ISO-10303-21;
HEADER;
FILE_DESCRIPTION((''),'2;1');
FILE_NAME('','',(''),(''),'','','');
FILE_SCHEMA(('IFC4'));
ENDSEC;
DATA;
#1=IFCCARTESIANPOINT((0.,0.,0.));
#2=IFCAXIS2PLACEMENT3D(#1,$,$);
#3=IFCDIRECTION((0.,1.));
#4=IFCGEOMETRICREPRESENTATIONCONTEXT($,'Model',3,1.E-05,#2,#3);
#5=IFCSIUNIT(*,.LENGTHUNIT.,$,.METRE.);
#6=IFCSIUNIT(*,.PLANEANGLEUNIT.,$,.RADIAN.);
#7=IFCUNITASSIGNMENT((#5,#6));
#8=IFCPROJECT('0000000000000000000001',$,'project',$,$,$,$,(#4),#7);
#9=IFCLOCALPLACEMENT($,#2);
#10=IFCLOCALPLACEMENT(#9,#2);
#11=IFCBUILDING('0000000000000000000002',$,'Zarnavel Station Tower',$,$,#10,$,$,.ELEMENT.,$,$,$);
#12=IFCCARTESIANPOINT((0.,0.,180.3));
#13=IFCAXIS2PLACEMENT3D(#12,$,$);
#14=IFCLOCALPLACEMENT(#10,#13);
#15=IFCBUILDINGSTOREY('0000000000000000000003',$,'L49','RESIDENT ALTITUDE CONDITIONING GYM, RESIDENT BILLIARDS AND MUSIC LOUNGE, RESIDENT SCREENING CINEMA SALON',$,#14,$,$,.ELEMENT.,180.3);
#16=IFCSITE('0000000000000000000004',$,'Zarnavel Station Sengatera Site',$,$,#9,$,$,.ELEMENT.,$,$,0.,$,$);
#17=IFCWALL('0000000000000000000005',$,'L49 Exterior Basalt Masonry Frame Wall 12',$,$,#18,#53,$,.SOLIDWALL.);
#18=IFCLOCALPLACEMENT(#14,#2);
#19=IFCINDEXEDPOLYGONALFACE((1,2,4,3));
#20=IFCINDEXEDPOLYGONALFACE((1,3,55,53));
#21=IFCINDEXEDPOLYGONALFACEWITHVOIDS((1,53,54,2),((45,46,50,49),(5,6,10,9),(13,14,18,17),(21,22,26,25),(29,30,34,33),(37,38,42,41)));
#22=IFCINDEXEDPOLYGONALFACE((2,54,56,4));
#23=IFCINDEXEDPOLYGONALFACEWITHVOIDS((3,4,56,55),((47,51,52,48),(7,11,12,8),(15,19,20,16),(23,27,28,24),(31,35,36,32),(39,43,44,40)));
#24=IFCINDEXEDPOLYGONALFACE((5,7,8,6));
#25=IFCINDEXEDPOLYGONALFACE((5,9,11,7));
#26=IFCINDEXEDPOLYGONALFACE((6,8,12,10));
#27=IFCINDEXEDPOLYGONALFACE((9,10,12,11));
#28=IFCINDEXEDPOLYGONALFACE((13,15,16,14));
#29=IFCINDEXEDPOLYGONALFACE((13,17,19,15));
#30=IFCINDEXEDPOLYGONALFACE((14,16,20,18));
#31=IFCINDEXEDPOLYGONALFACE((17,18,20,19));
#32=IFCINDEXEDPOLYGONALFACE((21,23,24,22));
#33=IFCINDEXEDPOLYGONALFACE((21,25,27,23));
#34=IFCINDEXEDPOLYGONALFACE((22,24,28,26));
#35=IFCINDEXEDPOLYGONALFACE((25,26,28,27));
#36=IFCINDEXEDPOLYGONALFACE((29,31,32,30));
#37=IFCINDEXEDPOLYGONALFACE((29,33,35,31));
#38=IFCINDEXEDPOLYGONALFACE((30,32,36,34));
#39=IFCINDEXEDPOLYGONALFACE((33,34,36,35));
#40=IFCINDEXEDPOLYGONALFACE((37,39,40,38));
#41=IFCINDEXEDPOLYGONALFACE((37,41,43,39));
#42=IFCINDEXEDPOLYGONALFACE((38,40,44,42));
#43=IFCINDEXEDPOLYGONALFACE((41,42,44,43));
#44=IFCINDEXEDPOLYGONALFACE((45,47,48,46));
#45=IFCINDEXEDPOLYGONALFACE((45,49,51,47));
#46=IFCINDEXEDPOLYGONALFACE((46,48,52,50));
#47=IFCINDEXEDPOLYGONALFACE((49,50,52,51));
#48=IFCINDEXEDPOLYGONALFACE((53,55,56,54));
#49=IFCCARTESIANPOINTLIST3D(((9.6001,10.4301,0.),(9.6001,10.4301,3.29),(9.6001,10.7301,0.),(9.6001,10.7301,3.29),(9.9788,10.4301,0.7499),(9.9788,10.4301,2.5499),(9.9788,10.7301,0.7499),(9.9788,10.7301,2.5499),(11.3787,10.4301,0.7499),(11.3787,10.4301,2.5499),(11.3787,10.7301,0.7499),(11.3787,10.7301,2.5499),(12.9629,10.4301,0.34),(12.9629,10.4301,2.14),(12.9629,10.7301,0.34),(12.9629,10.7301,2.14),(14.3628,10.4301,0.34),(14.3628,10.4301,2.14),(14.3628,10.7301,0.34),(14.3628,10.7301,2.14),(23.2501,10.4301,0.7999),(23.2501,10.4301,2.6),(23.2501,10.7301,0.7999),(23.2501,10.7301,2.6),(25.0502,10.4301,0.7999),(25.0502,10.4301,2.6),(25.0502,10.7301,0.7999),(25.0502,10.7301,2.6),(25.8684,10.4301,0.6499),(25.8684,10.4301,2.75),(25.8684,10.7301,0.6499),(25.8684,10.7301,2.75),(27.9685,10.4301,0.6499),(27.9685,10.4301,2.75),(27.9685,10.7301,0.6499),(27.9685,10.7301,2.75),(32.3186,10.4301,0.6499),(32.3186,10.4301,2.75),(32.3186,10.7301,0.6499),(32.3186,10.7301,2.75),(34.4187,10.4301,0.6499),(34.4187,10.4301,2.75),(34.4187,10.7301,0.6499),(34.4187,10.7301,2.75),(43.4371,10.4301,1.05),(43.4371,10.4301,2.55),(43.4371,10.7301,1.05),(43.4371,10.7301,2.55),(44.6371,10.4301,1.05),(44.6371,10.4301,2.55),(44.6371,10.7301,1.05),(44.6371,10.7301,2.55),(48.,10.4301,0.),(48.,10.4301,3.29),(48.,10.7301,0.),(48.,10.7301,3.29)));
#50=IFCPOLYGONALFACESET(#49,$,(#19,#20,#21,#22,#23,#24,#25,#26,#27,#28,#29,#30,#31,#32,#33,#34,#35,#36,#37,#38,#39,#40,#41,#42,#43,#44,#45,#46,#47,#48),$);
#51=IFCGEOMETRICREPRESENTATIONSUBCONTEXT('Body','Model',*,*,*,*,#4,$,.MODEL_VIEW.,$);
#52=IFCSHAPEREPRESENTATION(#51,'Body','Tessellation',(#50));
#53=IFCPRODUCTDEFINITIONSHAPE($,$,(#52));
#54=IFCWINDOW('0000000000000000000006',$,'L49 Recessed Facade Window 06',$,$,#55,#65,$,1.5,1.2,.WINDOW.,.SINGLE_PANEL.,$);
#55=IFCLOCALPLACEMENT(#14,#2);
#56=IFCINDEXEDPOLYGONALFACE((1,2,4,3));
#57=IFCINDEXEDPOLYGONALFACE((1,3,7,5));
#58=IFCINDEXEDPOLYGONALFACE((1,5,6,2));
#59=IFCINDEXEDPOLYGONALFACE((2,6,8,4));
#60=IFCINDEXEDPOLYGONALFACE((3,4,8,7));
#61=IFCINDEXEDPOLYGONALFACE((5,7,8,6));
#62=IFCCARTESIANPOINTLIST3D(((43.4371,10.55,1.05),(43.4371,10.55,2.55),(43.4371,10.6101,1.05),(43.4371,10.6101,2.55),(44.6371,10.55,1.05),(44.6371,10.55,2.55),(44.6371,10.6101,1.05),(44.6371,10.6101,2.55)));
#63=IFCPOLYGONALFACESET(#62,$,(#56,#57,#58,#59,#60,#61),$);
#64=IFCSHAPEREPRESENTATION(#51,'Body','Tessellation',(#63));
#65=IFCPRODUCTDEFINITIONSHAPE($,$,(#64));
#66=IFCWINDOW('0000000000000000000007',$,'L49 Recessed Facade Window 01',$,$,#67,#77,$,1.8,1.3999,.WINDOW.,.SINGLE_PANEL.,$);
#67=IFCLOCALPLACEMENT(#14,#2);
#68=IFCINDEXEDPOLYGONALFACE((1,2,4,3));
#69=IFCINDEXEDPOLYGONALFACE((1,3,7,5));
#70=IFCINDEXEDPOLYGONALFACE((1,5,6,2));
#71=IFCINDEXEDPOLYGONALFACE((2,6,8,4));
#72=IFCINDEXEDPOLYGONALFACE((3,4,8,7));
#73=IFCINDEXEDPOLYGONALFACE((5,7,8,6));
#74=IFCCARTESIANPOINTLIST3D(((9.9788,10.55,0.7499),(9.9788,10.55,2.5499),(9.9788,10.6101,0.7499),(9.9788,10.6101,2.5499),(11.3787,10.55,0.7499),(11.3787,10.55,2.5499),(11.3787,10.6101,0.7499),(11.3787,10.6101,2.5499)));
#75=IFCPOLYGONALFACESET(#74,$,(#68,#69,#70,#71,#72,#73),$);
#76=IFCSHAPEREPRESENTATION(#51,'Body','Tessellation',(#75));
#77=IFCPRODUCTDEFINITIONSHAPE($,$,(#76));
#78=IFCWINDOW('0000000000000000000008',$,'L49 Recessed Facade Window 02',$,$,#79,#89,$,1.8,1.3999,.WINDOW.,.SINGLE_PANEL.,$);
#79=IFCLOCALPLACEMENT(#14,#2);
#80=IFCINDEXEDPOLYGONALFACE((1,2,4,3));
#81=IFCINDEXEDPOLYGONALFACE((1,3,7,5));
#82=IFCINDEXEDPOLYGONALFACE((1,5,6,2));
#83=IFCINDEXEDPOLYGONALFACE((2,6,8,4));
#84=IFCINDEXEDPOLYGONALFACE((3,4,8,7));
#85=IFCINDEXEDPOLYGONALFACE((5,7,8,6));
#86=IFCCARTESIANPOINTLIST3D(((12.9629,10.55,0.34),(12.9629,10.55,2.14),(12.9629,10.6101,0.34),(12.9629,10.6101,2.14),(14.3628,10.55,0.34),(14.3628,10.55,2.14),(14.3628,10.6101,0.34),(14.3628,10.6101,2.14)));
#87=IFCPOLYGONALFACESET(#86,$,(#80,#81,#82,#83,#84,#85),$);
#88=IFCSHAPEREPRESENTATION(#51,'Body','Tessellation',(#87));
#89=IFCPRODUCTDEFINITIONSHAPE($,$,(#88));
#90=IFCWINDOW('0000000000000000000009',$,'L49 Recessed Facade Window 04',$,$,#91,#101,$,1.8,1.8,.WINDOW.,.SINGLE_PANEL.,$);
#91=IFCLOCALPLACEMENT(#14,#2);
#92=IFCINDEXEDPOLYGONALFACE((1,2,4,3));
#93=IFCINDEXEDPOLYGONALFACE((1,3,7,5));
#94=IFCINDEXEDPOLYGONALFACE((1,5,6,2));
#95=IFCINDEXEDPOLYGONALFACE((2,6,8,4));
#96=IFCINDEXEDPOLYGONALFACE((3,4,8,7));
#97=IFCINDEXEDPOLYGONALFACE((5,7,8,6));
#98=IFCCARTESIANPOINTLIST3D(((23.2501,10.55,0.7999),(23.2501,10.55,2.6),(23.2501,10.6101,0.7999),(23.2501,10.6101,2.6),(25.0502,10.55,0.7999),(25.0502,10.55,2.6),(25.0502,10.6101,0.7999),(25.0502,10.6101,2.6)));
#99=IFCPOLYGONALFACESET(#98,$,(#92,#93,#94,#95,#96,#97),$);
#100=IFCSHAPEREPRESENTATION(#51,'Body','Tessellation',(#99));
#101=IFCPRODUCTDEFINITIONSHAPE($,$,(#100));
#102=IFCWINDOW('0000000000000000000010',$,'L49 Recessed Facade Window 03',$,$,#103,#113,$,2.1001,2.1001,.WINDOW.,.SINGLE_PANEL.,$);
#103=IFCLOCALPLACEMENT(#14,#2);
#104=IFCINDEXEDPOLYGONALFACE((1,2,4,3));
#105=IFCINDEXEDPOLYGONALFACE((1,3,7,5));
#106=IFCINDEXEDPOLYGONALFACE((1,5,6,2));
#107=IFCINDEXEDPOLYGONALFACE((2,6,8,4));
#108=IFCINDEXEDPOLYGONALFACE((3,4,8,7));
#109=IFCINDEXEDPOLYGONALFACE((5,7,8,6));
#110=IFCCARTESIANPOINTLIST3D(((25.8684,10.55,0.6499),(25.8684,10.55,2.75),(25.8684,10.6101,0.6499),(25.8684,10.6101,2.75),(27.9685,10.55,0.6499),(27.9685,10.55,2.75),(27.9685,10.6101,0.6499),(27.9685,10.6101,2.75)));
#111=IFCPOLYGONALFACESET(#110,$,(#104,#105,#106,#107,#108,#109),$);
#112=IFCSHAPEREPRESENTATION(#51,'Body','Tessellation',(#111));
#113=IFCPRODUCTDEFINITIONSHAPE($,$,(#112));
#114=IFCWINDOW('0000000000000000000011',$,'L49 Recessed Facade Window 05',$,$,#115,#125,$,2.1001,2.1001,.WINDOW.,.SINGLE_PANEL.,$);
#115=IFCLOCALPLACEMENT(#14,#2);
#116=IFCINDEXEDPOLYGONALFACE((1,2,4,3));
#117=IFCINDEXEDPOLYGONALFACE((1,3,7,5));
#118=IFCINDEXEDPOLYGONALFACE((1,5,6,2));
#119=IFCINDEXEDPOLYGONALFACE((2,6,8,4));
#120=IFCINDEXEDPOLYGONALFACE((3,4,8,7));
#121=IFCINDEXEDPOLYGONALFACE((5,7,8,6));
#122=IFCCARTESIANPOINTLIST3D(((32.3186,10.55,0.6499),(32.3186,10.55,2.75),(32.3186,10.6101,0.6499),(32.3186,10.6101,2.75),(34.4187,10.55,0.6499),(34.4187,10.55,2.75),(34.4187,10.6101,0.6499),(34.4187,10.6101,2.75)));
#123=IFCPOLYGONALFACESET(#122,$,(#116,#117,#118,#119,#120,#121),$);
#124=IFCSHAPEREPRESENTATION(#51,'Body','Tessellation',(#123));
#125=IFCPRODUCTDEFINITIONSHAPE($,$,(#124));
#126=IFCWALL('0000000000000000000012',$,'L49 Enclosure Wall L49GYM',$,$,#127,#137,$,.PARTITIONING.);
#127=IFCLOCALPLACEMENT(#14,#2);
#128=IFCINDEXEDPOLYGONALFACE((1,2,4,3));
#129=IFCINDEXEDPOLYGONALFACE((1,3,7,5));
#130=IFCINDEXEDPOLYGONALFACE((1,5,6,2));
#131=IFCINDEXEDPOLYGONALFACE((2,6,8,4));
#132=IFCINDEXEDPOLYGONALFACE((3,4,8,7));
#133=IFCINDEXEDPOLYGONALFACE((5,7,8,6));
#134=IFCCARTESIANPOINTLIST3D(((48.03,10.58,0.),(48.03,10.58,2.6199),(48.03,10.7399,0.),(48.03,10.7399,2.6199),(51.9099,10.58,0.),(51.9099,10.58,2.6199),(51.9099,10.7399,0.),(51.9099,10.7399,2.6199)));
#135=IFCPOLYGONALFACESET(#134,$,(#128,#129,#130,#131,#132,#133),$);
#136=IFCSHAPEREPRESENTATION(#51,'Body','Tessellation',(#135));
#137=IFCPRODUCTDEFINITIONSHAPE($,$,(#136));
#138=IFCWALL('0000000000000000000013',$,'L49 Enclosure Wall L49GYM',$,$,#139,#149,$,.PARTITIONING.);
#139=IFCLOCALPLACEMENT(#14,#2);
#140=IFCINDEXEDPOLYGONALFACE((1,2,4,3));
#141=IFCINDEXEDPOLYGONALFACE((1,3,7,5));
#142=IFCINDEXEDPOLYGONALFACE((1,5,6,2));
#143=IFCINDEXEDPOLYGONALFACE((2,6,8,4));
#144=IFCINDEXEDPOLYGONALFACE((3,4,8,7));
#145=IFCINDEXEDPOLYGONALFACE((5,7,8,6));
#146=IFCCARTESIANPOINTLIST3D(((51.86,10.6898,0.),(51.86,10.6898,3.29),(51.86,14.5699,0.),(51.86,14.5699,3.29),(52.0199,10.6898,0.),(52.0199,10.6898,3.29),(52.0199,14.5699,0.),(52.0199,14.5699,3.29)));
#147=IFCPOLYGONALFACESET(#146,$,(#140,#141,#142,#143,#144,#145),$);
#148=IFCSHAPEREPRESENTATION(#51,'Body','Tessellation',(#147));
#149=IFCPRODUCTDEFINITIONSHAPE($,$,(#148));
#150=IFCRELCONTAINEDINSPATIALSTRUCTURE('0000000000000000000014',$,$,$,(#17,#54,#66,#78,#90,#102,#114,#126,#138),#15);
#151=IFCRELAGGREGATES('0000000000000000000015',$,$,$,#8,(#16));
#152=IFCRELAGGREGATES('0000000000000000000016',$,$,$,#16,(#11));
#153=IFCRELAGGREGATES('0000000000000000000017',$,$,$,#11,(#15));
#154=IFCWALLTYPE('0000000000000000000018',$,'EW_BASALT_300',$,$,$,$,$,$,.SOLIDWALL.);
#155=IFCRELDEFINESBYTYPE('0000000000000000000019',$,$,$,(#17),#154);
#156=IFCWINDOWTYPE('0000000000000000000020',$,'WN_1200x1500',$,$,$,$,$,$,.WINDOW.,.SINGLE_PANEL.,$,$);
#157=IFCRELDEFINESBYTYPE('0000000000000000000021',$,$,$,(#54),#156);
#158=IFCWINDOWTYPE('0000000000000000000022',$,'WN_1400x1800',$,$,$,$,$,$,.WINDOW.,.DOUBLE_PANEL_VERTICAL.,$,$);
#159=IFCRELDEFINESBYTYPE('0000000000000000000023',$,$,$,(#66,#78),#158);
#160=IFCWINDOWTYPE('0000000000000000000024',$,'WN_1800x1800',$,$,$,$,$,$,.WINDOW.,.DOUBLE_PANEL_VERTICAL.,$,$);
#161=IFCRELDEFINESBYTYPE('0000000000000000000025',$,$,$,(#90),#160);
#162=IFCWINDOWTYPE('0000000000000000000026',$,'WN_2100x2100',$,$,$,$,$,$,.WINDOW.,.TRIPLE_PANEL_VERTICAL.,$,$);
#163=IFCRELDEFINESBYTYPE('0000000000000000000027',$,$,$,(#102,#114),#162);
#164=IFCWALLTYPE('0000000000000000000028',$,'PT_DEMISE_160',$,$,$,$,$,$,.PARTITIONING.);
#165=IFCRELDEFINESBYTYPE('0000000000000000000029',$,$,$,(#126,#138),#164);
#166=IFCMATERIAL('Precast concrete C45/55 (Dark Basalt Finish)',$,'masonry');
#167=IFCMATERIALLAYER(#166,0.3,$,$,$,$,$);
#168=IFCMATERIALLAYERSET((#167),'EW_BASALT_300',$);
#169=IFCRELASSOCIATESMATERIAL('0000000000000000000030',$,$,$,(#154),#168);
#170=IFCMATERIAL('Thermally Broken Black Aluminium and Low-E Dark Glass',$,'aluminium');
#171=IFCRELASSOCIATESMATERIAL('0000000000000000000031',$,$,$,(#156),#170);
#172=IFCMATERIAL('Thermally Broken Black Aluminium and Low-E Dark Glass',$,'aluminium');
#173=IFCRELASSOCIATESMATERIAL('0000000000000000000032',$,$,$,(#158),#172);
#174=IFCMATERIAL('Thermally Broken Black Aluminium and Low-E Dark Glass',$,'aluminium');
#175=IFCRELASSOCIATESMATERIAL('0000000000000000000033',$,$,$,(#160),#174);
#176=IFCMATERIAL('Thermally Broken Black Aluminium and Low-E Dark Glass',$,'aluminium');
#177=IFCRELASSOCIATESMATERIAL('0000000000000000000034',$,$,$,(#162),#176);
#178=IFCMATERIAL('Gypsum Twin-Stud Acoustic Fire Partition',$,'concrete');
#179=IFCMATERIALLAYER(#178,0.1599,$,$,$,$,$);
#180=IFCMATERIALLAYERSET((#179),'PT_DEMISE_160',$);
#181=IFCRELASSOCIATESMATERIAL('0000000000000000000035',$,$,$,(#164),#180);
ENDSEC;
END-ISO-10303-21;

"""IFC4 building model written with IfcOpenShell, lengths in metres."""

from ifc_helpers import new_model, si_unit, direction, frame, frame_2d, origin, place, context, subcontext, project, spatial, rectangle, extrude, material, layer, layer_set, type_object, element, fill, save


model = new_model("IFC4")

# Units and contexts
model_context = context("Model", 3, precision=1e-05, world=origin(), true_north=direction((0.0, 1.0)))
body_context = subcontext(model_context, "Body", "Model", "MODEL_VIEW")
ifc_project = project(units=[si_unit("LENGTHUNIT", "METRE"), si_unit("PLANEANGLEUNIT", "RADIAN")], contexts=[model_context])

# Site, building, storey
site_placement = place(None, origin())
site = spatial("IfcSite", under=ifc_project, at=site_placement, Name="Zarnavel Station Sengatera Site", CompositionType="ELEMENT", RefElevation=0.0)
building_placement = place(site_placement, origin())
building = spatial("IfcBuilding", under=site, at=building_placement, Name="Zarnavel Station Tower", CompositionType="ELEMENT")
storey_placement = place(building_placement, frame((0.0, 0.0, 180.3)))
storey = spatial("IfcBuildingStorey", under=building, at=storey_placement, Name="L49", Description="RESIDENT ALTITUDE CONDITIONING GYM, RESIDENT BILLIARDS AND MUSIC LOUNGE, RESIDENT SCREENING CINEMA SALON", CompositionType="ELEMENT", Elevation=180.3)

# Shared definitions
ifc_material_1 = material(Name="Precast concrete C45/55 (Dark Basalt Finish)", Category="masonry")
ifc_layer_1 = layer(ifc_material_1, 0.3)
ifc_layer_set_1 = layer_set([ifc_layer_1], Name="EW_BASALT_300")
wall_type_1 = type_object("IfcWallType", Name="EW_BASALT_300", PredefinedType="SOLIDWALL", material=ifc_layer_set_1)

# Wall, openings, windows
wall_1_placement = place(storey_placement, frame((48.0, 10.5801, 0.0), z_axis=(0.0, 0.0, 1.0), x_axis=(-1.0, 0.0, 0.0)))
wall_1 = element("IfcWall", 1, at=wall_1_placement, inside=storey, type_object=wall_type_1, Name="L49 Exterior Basalt Masonry Frame Wall 12", PredefinedType="SOLIDWALL", context=body_context, shape_type="SweptSolid", body=[
    extrude(rectangle(XDim=38.3999, YDim=0.3, at=frame_2d((19.2, 0.0))), origin(), (0.0, 0.0, 1.0), 3.29),
])
opening_1_placement = place(wall_1_placement, frame((36.6213, 0.0, 0.75)))
opening_1 = element("IfcOpeningElement", 2, at=opening_1_placement, cuts=wall_1, PredefinedType="OPENING", context=body_context, shape_type="SweptSolid", body=[
    extrude(rectangle(XDim=1.3999, YDim=1.8, at=frame_2d((0.7, 0.8999))), frame((0.0, 0.1599, 0.0), z_axis=(0.0, -1.0, 0.0), x_axis=(1.0, 0.0, 0.0)), (0.0, 0.0, 1.0), 0.3201),
])
opening_2_placement = place(wall_1_placement, frame((33.6372, 0.0, 0.3401)))
opening_2 = element("IfcOpeningElement", 3, at=opening_2_placement, cuts=wall_1, PredefinedType="OPENING", context=body_context, shape_type="SweptSolid", body=[
    extrude(rectangle(XDim=1.3999, YDim=1.8, at=frame_2d((0.7, 0.8999))), frame((0.0, 0.1599, 0.0), z_axis=(0.0, -1.0, 0.0), x_axis=(1.0, 0.0, 0.0)), (0.0, 0.0, 1.0), 0.3201),
])
opening_3_placement = place(wall_1_placement, frame((20.0315, 0.0, 0.6499)))
opening_3 = element("IfcOpeningElement", 4, at=opening_3_placement, cuts=wall_1, PredefinedType="OPENING", context=body_context, shape_type="SweptSolid", body=[
    extrude(rectangle(XDim=2.1001, YDim=2.1001, at=frame_2d((1.05, 1.05))), frame((0.0, 0.1599, 0.0), z_axis=(0.0, -1.0, 0.0), x_axis=(1.0, 0.0, 0.0)), (0.0, 0.0, 1.0), 0.3201),
])
opening_4_placement = place(wall_1_placement, frame((22.95, 0.0, 0.8)))
opening_4 = element("IfcOpeningElement", 5, at=opening_4_placement, cuts=wall_1, PredefinedType="OPENING", context=body_context, shape_type="SweptSolid", body=[
    extrude(rectangle(XDim=1.8, YDim=1.8, at=frame_2d((0.8999, 0.8999))), frame((0.0, 0.1599, 0.0), z_axis=(0.0, -1.0, 0.0), x_axis=(1.0, 0.0, 0.0)), (0.0, 0.0, 1.0), 0.3201),
])
opening_5_placement = place(wall_1_placement, frame((13.5813, 0.0, 0.6499)))
opening_5 = element("IfcOpeningElement", 6, at=opening_5_placement, cuts=wall_1, PredefinedType="OPENING", context=body_context, shape_type="SweptSolid", body=[
    extrude(rectangle(XDim=2.1001, YDim=2.1001, at=frame_2d((1.05, 1.05))), frame((0.0, 0.1599, 0.0), z_axis=(0.0, -1.0, 0.0), x_axis=(1.0, 0.0, 0.0)), (0.0, 0.0, 1.0), 0.3201),
])
opening_6_placement = place(wall_1_placement, frame((3.3628, 0.0, 1.05)))
opening_6 = element("IfcOpeningElement", 7, at=opening_6_placement, cuts=wall_1, PredefinedType="OPENING", context=body_context, shape_type="SweptSolid", body=[
    extrude(rectangle(XDim=1.2, YDim=1.5, at=frame_2d((0.6001, 0.75))), frame((0.0, 0.1599, 0.0), z_axis=(0.0, -1.0, 0.0), x_axis=(1.0, 0.0, 0.0)), (0.0, 0.0, 1.0), 0.3201),
])
ifc_material_2 = material(Name="Thermally Broken Black Aluminium and Low-E Dark Glass", Category="aluminium")
window_type_1 = type_object("IfcWindowType", Name="WN_1200x1500", PartitioningType="SINGLE_PANEL", PredefinedType="WINDOW", material=ifc_material_2)
window_1_placement = place(opening_6_placement, origin())
window_1 = element("IfcWindow", 8, at=window_1_placement, inside=storey, type_object=window_type_1, Name="L49 Recessed Facade Window 06", OverallHeight=1.5, OverallWidth=1.2, PartitioningType="SINGLE_PANEL", PredefinedType="WINDOW", context=body_context, shape_type="SweptSolid", body=[
    extrude(rectangle(XDim=1.2, YDim=1.5, at=frame_2d((0.6001, 0.75))), frame((0.0, 0.03, 0.0), z_axis=(0.0, -1.0, 0.0), x_axis=(1.0, 0.0, 0.0)), (0.0, 0.0, 1.0), 0.0601),
])
fill(opening_6, window_1)
ifc_material_3 = material(Name="Thermally Broken Black Aluminium and Low-E Dark Glass", Category="aluminium")
window_type_2 = type_object("IfcWindowType", Name="WN_1400x1800", PartitioningType="DOUBLE_PANEL_VERTICAL", PredefinedType="WINDOW", material=ifc_material_3)
window_2_placement = place(opening_1_placement, origin())
window_2 = element("IfcWindow", 9, at=window_2_placement, inside=storey, type_object=window_type_2, Name="L49 Recessed Facade Window 01", OverallHeight=1.8, OverallWidth=1.3999, PartitioningType="SINGLE_PANEL", PredefinedType="WINDOW", context=body_context, shape_type="SweptSolid", body=[
    extrude(rectangle(XDim=1.3999, YDim=1.8, at=frame_2d((0.7, 0.8999))), frame((0.0, 0.03, 0.0), z_axis=(0.0, -1.0, 0.0), x_axis=(1.0, 0.0, 0.0)), (0.0, 0.0, 1.0), 0.0601),
])
fill(opening_1, window_2)
window_3_placement = place(opening_2_placement, origin())
window_3 = element("IfcWindow", 10, at=window_3_placement, inside=storey, type_object=window_type_2, Name="L49 Recessed Facade Window 02", OverallHeight=1.8, OverallWidth=1.3999, PartitioningType="SINGLE_PANEL", PredefinedType="WINDOW", context=body_context, shape_type="SweptSolid", body=[
    extrude(rectangle(XDim=1.3999, YDim=1.8, at=frame_2d((0.7, 0.8999))), frame((0.0, 0.03, 0.0), z_axis=(0.0, -1.0, 0.0), x_axis=(1.0, 0.0, 0.0)), (0.0, 0.0, 1.0), 0.0601),
])
fill(opening_2, window_3)
ifc_material_4 = material(Name="Thermally Broken Black Aluminium and Low-E Dark Glass", Category="aluminium")
window_type_3 = type_object("IfcWindowType", Name="WN_1800x1800", PartitioningType="DOUBLE_PANEL_VERTICAL", PredefinedType="WINDOW", material=ifc_material_4)
window_4_placement = place(opening_4_placement, origin())
window_4 = element("IfcWindow", 11, at=window_4_placement, inside=storey, type_object=window_type_3, Name="L49 Recessed Facade Window 04", OverallHeight=1.8, OverallWidth=1.8, PartitioningType="SINGLE_PANEL", PredefinedType="WINDOW", context=body_context, shape_type="SweptSolid", body=[
    extrude(rectangle(XDim=1.8, YDim=1.8, at=frame_2d((0.8999, 0.8999))), frame((0.0, 0.03, 0.0), z_axis=(0.0, -1.0, 0.0), x_axis=(1.0, 0.0, 0.0)), (0.0, 0.0, 1.0), 0.0601),
])
fill(opening_4, window_4)
ifc_material_5 = material(Name="Thermally Broken Black Aluminium and Low-E Dark Glass", Category="aluminium")
window_type_4 = type_object("IfcWindowType", Name="WN_2100x2100", PartitioningType="TRIPLE_PANEL_VERTICAL", PredefinedType="WINDOW", material=ifc_material_5)
window_5_placement = place(opening_3_placement, origin())
window_5 = element("IfcWindow", 12, at=window_5_placement, inside=storey, type_object=window_type_4, Name="L49 Recessed Facade Window 03", OverallHeight=2.1001, OverallWidth=2.1001, PartitioningType="SINGLE_PANEL", PredefinedType="WINDOW", context=body_context, shape_type="SweptSolid", body=[
    extrude(rectangle(XDim=2.1001, YDim=2.1001, at=frame_2d((1.05, 1.05))), frame((0.0, 0.03, 0.0), z_axis=(0.0, -1.0, 0.0), x_axis=(1.0, 0.0, 0.0)), (0.0, 0.0, 1.0), 0.0601),
])
fill(opening_3, window_5)
window_6_placement = place(opening_5_placement, origin())
window_6 = element("IfcWindow", 13, at=window_6_placement, inside=storey, type_object=window_type_4, Name="L49 Recessed Facade Window 05", OverallHeight=2.1001, OverallWidth=2.1001, PartitioningType="SINGLE_PANEL", PredefinedType="WINDOW", context=body_context, shape_type="SweptSolid", body=[
    extrude(rectangle(XDim=2.1001, YDim=2.1001, at=frame_2d((1.05, 1.05))), frame((0.0, 0.03, 0.0), z_axis=(0.0, -1.0, 0.0), x_axis=(1.0, 0.0, 0.0)), (0.0, 0.0, 1.0), 0.0601),
])
fill(opening_5, window_6)

# Walls
ifc_material_6 = material(Name="Gypsum Twin-Stud Acoustic Fire Partition", Category="concrete")
ifc_layer_2 = layer(ifc_material_6, 0.1599)
ifc_layer_set_2 = layer_set([ifc_layer_2], Name="PT_DEMISE_160")
wall_type_2 = type_object("IfcWallType", Name="PT_DEMISE_160", PredefinedType="PARTITIONING", material=ifc_layer_set_2)
wall_2_placement = place(storey_placement, frame((48.03, 10.6599, 0.0), z_axis=(0.0, 0.0, 1.0), x_axis=(1.0, 0.0, 0.0)))
element("IfcWall", 14, at=wall_2_placement, inside=storey, type_object=wall_type_2, Name="L49 Enclosure Wall L49GYM", PredefinedType="PARTITIONING", context=body_context, shape_type="SweptSolid", body=[
    extrude(rectangle(XDim=3.8799, YDim=0.1599, at=frame_2d((1.9399, 0.0))), origin(), (0.0, 0.0, 1.0), 2.6199),
])
wall_3_placement = place(storey_placement, frame((51.9399, 10.6899, 0.0), z_axis=(0.0, 0.0, 1.0), x_axis=(0.0, 1.0, 0.0)))
element("IfcWall", 15, at=wall_3_placement, inside=storey, type_object=wall_type_2, Name="L49 Enclosure Wall L49GYM", PredefinedType="PARTITIONING", context=body_context, shape_type="SweptSolid", body=[
    extrude(rectangle(XDim=3.8801, YDim=0.1599, at=frame_2d((1.9399, 0.0))), origin(), (0.0, 0.0, 1.0), 3.29),
])

save(model, "model.ifc")
